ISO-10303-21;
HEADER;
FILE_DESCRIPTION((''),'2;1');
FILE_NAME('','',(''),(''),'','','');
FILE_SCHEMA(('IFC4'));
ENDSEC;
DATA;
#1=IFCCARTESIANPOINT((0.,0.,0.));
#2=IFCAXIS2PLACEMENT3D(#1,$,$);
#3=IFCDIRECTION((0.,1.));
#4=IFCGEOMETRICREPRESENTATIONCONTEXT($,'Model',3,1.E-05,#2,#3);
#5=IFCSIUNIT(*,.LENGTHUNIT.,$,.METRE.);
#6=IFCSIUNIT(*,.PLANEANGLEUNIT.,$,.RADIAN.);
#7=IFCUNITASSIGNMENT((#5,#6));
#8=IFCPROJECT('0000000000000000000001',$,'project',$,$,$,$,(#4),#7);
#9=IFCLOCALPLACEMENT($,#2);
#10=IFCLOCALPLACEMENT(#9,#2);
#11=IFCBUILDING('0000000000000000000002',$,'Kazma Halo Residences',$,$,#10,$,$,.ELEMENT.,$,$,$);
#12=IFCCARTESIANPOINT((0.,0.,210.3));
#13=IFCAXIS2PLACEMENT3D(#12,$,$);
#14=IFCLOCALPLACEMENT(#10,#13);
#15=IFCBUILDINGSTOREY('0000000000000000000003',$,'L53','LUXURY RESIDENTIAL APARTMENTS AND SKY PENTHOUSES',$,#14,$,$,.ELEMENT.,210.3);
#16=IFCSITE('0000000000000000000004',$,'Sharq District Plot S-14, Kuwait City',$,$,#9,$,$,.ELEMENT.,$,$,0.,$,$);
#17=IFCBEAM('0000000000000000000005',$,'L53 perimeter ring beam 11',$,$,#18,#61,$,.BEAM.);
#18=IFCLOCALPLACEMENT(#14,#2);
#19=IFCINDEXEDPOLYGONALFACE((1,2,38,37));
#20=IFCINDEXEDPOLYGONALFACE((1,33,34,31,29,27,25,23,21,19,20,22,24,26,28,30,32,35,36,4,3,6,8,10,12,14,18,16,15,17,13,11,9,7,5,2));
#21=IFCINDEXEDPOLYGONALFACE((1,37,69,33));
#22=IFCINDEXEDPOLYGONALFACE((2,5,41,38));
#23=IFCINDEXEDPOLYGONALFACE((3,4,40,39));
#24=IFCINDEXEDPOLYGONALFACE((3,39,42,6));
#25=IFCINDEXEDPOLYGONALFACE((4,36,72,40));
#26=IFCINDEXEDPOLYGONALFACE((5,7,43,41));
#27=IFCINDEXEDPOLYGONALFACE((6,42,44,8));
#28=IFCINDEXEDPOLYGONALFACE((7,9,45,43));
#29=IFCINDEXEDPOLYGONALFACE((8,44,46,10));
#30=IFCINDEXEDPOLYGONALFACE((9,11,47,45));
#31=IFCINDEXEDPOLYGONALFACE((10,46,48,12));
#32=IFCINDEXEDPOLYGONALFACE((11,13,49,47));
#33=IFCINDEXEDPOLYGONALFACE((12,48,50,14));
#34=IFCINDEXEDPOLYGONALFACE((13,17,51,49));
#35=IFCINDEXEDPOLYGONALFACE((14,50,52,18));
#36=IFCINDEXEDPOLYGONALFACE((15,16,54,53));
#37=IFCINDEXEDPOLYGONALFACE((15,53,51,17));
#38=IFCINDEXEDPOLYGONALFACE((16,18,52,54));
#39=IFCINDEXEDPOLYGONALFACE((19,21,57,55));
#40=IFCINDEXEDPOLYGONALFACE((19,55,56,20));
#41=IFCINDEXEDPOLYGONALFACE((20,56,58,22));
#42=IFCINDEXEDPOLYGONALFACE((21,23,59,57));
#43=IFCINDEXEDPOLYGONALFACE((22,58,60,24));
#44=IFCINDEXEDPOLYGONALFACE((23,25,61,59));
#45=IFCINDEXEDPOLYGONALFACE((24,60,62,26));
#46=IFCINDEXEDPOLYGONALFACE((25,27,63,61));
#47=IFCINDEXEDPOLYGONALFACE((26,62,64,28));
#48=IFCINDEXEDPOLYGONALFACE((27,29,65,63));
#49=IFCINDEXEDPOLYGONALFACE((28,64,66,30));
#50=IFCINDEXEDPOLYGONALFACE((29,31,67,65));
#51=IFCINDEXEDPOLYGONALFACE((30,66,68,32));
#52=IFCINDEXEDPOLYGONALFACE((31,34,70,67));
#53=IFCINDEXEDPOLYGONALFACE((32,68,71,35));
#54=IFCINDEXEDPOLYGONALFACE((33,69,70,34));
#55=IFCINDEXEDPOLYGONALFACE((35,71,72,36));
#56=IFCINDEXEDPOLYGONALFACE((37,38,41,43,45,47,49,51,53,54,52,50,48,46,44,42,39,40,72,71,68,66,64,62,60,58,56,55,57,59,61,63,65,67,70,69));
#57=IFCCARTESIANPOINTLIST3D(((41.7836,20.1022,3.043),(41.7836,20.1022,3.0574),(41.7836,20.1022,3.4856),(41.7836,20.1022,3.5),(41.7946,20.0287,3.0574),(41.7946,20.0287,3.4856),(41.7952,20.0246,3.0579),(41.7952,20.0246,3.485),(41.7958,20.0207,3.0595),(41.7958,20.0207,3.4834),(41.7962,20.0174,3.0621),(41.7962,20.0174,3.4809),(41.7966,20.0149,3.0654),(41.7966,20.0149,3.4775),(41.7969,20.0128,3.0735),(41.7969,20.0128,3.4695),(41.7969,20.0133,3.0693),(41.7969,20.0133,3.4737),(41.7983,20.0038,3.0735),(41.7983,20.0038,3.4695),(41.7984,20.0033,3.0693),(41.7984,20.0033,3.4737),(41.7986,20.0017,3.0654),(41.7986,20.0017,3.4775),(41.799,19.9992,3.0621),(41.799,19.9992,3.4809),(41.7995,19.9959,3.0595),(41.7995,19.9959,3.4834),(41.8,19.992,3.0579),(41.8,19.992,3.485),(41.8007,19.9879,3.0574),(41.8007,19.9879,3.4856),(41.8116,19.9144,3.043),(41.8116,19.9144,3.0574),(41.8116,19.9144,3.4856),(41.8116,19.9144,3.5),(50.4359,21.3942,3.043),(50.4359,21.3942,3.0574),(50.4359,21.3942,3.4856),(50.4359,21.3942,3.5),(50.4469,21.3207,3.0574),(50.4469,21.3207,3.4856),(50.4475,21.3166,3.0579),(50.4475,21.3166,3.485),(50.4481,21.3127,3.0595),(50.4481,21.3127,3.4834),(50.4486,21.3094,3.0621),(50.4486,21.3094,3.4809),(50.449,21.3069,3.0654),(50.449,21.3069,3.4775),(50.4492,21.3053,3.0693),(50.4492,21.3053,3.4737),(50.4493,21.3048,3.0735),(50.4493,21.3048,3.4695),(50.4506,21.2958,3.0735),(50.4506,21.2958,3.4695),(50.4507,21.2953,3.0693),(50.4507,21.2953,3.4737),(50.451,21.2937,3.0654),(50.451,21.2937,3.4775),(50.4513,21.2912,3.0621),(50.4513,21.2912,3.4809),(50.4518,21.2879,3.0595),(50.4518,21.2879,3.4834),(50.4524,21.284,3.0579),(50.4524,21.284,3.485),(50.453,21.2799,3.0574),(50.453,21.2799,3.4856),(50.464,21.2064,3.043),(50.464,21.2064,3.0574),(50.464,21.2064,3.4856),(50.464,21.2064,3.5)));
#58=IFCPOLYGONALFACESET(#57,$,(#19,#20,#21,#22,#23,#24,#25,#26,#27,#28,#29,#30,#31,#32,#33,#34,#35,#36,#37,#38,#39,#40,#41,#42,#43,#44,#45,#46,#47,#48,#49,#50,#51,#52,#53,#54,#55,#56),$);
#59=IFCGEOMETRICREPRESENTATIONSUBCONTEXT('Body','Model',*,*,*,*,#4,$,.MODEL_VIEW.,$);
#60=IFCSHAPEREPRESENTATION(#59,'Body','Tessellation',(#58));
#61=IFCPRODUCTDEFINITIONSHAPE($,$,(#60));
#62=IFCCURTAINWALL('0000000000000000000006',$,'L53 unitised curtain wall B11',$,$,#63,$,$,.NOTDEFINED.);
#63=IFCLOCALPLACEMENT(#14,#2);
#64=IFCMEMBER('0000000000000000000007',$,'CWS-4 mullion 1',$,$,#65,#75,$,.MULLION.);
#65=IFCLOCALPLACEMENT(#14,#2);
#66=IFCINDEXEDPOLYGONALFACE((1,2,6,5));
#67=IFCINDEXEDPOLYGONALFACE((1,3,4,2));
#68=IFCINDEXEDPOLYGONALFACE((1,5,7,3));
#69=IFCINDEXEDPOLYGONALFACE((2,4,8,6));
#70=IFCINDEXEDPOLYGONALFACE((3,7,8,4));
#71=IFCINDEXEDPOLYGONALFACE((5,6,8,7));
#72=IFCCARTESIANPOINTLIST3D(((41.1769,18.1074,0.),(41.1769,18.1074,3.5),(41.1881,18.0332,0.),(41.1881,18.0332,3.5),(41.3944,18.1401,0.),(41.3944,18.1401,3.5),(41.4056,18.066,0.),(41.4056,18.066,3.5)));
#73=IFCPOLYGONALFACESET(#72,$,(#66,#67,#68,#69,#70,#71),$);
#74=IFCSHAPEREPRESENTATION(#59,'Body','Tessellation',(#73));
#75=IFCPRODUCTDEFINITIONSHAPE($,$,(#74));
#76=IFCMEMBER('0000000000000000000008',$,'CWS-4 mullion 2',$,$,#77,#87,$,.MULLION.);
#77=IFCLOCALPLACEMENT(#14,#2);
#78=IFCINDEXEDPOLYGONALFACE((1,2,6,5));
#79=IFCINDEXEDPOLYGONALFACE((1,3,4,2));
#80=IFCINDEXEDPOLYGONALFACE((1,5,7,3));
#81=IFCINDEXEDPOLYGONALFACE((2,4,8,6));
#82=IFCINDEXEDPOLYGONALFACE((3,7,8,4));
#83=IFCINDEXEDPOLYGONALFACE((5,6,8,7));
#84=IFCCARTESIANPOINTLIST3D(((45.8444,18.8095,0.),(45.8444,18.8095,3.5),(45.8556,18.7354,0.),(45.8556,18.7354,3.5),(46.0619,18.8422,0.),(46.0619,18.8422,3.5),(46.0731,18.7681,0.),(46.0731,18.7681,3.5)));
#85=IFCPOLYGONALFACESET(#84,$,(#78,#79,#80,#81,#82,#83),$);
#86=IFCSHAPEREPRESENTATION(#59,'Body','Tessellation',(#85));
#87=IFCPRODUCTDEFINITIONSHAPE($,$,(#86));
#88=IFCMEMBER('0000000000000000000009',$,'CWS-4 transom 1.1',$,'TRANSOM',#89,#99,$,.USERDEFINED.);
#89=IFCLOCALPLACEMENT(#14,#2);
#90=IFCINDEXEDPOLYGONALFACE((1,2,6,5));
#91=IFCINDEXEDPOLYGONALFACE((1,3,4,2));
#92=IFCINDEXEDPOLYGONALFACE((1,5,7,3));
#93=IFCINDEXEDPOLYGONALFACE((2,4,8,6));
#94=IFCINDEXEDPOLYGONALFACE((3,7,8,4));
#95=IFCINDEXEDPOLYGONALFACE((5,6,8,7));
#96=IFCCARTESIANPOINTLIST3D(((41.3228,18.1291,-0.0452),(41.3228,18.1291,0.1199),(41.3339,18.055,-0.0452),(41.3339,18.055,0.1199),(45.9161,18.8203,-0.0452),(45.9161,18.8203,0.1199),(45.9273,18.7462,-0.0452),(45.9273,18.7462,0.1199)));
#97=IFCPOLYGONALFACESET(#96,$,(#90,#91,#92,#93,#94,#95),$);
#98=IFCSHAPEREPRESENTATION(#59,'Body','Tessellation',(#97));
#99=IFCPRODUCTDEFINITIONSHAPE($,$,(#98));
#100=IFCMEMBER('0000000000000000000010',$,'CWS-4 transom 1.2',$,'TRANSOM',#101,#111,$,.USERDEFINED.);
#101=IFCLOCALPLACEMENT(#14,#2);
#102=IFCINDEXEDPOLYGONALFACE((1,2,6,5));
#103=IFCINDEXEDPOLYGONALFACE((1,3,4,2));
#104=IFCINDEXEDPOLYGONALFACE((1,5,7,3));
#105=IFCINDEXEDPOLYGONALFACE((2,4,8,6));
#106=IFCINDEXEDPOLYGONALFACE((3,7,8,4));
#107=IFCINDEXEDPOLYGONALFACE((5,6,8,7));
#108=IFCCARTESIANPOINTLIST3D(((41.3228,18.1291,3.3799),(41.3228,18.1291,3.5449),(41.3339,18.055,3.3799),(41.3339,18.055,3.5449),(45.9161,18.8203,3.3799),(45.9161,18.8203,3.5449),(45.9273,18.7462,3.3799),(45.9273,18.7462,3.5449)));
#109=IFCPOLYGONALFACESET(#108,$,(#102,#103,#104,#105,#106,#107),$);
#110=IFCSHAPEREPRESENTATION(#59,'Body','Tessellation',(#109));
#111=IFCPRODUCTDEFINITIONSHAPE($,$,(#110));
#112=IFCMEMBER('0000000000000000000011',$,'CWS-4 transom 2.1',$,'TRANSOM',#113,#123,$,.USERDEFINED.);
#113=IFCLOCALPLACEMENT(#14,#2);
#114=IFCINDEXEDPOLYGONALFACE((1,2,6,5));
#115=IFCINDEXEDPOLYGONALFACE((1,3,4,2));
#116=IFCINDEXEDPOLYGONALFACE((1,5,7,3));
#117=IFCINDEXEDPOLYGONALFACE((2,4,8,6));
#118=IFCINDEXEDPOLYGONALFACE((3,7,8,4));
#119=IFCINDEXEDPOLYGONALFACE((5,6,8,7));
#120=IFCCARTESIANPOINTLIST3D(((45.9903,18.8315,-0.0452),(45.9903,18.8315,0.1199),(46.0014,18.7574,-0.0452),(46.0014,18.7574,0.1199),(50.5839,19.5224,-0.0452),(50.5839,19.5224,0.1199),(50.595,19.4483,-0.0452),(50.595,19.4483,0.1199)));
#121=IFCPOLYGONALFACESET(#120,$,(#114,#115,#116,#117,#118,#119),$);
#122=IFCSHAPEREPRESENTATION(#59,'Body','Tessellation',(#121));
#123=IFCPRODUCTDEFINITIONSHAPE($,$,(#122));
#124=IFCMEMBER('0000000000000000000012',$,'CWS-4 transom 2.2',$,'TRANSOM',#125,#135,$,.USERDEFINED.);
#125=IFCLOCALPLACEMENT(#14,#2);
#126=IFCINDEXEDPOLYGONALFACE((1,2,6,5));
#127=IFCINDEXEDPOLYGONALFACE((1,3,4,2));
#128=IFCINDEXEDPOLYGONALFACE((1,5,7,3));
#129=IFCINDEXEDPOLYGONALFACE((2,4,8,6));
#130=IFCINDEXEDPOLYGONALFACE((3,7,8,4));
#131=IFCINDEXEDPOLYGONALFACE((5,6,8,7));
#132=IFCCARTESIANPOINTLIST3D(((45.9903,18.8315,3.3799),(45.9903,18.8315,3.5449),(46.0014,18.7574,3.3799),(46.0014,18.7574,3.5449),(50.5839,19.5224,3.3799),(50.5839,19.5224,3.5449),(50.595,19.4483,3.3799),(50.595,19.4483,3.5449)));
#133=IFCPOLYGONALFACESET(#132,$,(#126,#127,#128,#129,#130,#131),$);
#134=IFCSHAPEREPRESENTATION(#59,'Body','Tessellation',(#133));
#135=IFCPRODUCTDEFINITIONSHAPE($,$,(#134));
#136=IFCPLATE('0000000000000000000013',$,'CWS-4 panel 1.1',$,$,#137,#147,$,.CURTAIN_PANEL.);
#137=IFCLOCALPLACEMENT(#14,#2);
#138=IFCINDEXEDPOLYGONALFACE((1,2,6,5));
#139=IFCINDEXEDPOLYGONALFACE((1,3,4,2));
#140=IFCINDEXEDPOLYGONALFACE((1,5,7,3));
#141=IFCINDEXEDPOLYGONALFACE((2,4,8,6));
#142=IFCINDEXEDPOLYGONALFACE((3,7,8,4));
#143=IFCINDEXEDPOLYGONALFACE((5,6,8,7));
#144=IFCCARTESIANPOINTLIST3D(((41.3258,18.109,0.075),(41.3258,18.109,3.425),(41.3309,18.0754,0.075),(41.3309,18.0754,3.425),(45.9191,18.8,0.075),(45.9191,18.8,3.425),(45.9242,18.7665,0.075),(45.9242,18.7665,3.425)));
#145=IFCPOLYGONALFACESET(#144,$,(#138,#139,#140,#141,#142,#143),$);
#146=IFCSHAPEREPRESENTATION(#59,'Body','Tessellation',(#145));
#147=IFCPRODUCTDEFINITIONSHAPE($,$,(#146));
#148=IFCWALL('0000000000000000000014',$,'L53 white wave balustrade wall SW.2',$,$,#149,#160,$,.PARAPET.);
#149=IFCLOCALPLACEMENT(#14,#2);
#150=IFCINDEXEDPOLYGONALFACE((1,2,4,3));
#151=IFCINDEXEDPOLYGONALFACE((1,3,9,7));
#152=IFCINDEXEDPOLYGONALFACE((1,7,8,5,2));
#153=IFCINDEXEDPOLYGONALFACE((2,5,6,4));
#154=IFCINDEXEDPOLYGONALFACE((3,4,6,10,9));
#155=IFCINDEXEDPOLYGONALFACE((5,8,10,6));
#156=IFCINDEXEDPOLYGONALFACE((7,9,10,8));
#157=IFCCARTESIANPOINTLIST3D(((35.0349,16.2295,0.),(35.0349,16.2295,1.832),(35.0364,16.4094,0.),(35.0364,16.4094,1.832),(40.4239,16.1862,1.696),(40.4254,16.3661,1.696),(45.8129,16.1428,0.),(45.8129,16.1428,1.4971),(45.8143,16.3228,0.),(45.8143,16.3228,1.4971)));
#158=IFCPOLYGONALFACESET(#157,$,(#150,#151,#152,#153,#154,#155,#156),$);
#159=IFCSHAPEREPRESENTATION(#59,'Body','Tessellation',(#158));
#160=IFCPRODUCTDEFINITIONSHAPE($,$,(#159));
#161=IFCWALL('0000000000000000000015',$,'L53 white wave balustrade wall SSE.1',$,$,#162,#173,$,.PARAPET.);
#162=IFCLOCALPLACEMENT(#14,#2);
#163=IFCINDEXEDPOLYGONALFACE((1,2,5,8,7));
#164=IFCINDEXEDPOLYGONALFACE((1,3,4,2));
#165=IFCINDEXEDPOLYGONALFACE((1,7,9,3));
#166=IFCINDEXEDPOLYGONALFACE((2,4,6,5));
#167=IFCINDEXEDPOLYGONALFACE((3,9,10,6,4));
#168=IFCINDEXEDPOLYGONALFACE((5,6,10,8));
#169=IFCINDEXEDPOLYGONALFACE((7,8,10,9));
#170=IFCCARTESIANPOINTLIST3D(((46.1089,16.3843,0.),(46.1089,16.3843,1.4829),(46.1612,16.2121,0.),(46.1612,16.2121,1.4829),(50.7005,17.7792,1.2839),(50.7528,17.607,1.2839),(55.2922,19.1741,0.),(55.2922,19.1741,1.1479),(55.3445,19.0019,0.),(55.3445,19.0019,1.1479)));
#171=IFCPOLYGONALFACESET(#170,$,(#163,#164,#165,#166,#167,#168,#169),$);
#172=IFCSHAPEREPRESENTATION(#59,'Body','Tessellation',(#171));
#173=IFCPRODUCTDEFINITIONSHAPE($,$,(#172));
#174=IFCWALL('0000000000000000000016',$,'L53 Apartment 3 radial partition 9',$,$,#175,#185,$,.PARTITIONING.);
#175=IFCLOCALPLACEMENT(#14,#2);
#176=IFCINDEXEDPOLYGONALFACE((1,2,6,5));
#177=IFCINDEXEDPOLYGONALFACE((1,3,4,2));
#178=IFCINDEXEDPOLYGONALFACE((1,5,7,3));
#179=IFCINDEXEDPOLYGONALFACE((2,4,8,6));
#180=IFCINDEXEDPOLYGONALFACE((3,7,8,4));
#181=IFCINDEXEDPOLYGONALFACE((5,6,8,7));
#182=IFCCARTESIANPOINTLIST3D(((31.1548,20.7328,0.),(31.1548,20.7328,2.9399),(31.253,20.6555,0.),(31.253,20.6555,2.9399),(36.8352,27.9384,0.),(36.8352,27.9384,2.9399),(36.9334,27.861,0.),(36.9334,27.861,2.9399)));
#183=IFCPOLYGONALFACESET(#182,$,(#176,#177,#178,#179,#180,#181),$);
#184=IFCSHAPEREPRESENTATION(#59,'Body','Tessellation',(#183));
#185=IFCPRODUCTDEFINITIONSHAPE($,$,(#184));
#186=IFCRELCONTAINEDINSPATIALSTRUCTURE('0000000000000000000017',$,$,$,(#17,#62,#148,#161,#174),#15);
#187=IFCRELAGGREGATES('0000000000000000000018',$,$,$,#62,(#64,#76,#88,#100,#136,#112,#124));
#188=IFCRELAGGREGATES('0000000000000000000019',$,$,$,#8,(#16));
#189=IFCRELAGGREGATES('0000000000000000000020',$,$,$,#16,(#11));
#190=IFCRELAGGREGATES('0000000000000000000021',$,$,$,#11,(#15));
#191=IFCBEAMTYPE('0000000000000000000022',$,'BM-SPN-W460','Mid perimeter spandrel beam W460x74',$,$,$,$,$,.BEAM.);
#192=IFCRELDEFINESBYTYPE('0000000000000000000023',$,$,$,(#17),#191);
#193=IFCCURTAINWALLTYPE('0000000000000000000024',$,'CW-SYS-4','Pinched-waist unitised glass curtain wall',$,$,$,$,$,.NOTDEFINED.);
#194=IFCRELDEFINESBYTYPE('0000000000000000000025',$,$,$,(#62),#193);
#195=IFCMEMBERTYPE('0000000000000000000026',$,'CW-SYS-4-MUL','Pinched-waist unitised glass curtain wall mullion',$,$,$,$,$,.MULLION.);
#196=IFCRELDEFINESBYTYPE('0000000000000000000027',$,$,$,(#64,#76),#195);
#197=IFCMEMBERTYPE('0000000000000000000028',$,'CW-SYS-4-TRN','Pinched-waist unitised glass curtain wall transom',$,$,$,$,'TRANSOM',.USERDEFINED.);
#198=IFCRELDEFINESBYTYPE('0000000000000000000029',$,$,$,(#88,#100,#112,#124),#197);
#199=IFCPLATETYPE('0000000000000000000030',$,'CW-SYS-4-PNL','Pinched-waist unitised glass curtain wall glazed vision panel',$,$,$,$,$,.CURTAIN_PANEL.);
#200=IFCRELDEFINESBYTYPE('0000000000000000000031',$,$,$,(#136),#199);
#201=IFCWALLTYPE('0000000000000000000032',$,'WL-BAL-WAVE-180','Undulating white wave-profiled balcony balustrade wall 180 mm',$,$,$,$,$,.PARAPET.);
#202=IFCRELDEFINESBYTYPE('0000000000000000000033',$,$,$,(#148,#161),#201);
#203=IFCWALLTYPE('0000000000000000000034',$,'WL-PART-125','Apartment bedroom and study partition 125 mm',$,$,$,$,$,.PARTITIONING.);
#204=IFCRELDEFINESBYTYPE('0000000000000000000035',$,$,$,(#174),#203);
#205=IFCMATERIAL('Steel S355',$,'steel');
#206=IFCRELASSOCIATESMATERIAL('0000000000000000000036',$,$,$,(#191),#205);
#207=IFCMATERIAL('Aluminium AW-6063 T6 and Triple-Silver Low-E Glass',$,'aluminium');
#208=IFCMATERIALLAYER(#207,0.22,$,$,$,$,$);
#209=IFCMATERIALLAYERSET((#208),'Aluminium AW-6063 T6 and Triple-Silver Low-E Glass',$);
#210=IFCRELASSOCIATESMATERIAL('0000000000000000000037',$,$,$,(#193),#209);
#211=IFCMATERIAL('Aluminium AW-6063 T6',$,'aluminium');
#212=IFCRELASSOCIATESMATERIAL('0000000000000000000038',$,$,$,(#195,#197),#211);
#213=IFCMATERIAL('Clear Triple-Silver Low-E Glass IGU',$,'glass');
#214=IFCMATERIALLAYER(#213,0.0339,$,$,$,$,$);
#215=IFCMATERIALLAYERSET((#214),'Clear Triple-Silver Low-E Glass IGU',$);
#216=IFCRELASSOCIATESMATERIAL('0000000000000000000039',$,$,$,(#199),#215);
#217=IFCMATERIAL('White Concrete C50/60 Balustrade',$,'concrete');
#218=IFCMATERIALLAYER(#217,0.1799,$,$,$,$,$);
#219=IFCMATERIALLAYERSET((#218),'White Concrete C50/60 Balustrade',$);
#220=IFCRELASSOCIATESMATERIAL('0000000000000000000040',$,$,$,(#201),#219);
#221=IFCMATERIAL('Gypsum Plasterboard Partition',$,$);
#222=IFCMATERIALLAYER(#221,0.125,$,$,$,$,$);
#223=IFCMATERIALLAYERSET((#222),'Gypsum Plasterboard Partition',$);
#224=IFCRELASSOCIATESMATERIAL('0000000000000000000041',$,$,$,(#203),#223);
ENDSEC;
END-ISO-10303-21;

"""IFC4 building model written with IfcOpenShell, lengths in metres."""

from ifc_helpers import new_model, si_unit, direction, frame, frame_2d, origin, origin_2d, place, context, subcontext, project, spatial, polyline, rectangle, i_section, outline, extrude, material, layer, layer_set, material_profile, profile_set, type_object, element, aggregate, save


model = new_model("IFC4")

# Units and contexts
model_context = context("Model", 3, precision=1e-05, world=origin(), true_north=direction((0.0, 1.0)))
body_context = subcontext(model_context, "Body", "Model", "MODEL_VIEW")
ifc_project = project(units=[si_unit("LENGTHUNIT", "METRE"), si_unit("PLANEANGLEUNIT", "RADIAN")], contexts=[model_context])

# Site, building, storey
site_placement = place(None, origin())
site = spatial("IfcSite", under=ifc_project, at=site_placement, Name="Sharq District Plot S-14, Kuwait City", CompositionType="ELEMENT", RefElevation=0.0)
building_placement = place(site_placement, origin())
building = spatial("IfcBuilding", under=site, at=building_placement, Name="Kazma Halo Residences", CompositionType="ELEMENT")
storey_placement = place(building_placement, frame((0.0, 0.0, 210.3)))
storey = spatial("IfcBuildingStorey", under=building, at=storey_placement, Name="L53", Description="LUXURY RESIDENTIAL APARTMENTS AND SKY PENTHOUSES", CompositionType="ELEMENT", Elevation=210.3)

# Beam
ifc_material_1 = material(Name="Steel S355", Category="steel")
ifc_material_profile_1 = material_profile(ifc_material_1, i_section(OverallWidth=0.1899, OverallDepth=0.457, WebThickness=0.009, FlangeThickness=0.0144, FilletRadius=0.0161, at=origin_2d()), Name="W460x74")
ifc_profile_set_1 = profile_set([ifc_material_profile_1], Name="Steel S355")
beam_type_1 = type_object("IfcBeamType", Name="BM-SPN-W460", Description="Mid perimeter spandrel beam W460x74", PredefinedType="BEAM", material=ifc_profile_set_1)
beam_1_placement = place(storey_placement, frame((41.7976, 20.0083, 3.2715), z_axis=(0.989034, 0.147685, 0.0), x_axis=(-0.147685, 0.989034, 0.0)))
element("IfcBeam", 1, at=beam_1_placement, inside=storey, type_object=beam_type_1, Name="L53 perimeter ring beam 11", PredefinedType="BEAM", context=body_context, shape_type="SweptSolid", body=[
    extrude(i_section(OverallWidth=0.1899, OverallDepth=0.457, WebThickness=0.009, FlangeThickness=0.0144, FilletRadius=0.0161, at=origin_2d()), origin(), (0.0, 0.0, 1.0), 8.7483),
])

# Curtain wall, members, plate
ifc_material_2 = material(Name="Aluminium AW-6063 T6 and Triple-Silver Low-E Glass", Category="aluminium")
ifc_layer_1 = layer(ifc_material_2, 0.22)
ifc_layer_set_1 = layer_set([ifc_layer_1], Name="Aluminium AW-6063 T6 and Triple-Silver Low-E Glass")
curtain_wall_type = type_object("IfcCurtainWallType", Name="CW-SYS-4", Description="Pinched-waist unitised glass curtain wall", PredefinedType="NOTDEFINED", material=ifc_layer_set_1)
curtain_wall_placement = place(storey_placement, origin())
curtain_wall = element("IfcCurtainWall", 2, at=curtain_wall_placement, inside=storey, type_object=curtain_wall_type, Name="L53 unitised curtain wall B11", PredefinedType="NOTDEFINED")
ifc_material_3 = material(Name="Aluminium AW-6063 T6", Category="aluminium")
ifc_material_profile_2 = material_profile(ifc_material_3, rectangle(XDim=0.075, YDim=0.22, at=origin_2d()), Name="CWM-75x220")
ifc_profile_set_2 = profile_set([ifc_material_profile_2], Name="Aluminium AW-6063 T6")
member_type_1 = type_object("IfcMemberType", Name="CW-SYS-4-MUL", Description="Pinched-waist unitised glass curtain wall mullion", PredefinedType="MULLION", material=ifc_profile_set_2)
member_1_placement = place(storey_placement, frame((41.2913, 18.0867, 0.0), z_axis=(0.0, 0.0, 1.0), x_axis=(-0.148773, 0.988871, 0.0)))
member_1 = element("IfcMember", 3, at=member_1_placement, type_object=member_type_1, Name="CWS-4 mullion 1", PredefinedType="MULLION", context=body_context, shape_type="SweptSolid", body=[
    extrude(rectangle(XDim=0.075, YDim=0.22, at=origin_2d()), origin(), (0.0, 0.0, 1.0), 3.5),
])
member_2_placement = place(storey_placement, frame((45.9587, 18.7888, 0.0), z_axis=(0.0, 0.0, 1.0), x_axis=(-0.148773, 0.988871, 0.0)))
member_2 = element("IfcMember", 4, at=member_2_placement, type_object=member_type_1, Name="CWS-4 mullion 2", PredefinedType="MULLION", context=body_context, shape_type="SweptSolid", body=[
    extrude(rectangle(XDim=0.075, YDim=0.22, at=origin_2d()), origin(), (0.0, 0.0, 1.0), 3.5),
])
ifc_material_profile_3 = material_profile(ifc_material_3, rectangle(XDim=0.075, YDim=0.165, at=origin_2d()), Name="CWT-75x165")
ifc_profile_set_3 = profile_set([ifc_material_profile_3], Name="Aluminium AW-6063 T6")
member_type_2 = type_object("IfcMemberType", Name="CW-SYS-4-TRN", Description="Pinched-waist unitised glass curtain wall transom", ElementType="TRANSOM", PredefinedType="USERDEFINED", material=ifc_profile_set_3)
member_3_placement = place(storey_placement, frame((41.3284, 18.092, 0.0374), z_axis=(0.988868, 0.148798, 0.0), x_axis=(-0.148798, 0.988868, 0.0)))
member_3 = element("IfcMember", 5, at=member_3_placement, type_object=member_type_2, Name="CWS-4 transom 1.1", ObjectType="TRANSOM", PredefinedType="USERDEFINED", context=body_context, shape_type="SweptSolid", body=[
    extrude(rectangle(XDim=0.075, YDim=0.165, at=origin_2d()), origin(), (0.0, 0.0, 1.0), 4.645),
])
member_4_placement = place(storey_placement, frame((41.3284, 18.092, 3.4624), z_axis=(0.988868, 0.148798, 0.0), x_axis=(-0.148798, 0.988868, 0.0)))
member_4 = element("IfcMember", 6, at=member_4_placement, type_object=member_type_2, Name="CWS-4 transom 1.2", ObjectType="TRANSOM", PredefinedType="USERDEFINED", context=body_context, shape_type="SweptSolid", body=[
    extrude(rectangle(XDim=0.075, YDim=0.165, at=origin_2d()), origin(), (0.0, 0.0, 1.0), 4.645),
])
member_5_placement = place(storey_placement, frame((45.9958, 18.7944, 0.0374), z_axis=(0.988877, 0.148739, 0.0), x_axis=(-0.148739, 0.988877, 0.0)))
member_5 = element("IfcMember", 7, at=member_5_placement, type_object=member_type_2, Name="CWS-4 transom 2.1", ObjectType="TRANSOM", PredefinedType="USERDEFINED", context=body_context, shape_type="SweptSolid", body=[
    extrude(rectangle(XDim=0.075, YDim=0.165, at=origin_2d()), origin(), (0.0, 0.0, 1.0), 4.6453),
])
member_6_placement = place(storey_placement, frame((45.9958, 18.7944, 3.4624), z_axis=(0.988877, 0.148739, 0.0), x_axis=(-0.148739, 0.988877, 0.0)))
member_6 = element("IfcMember", 8, at=member_6_placement, type_object=member_type_2, Name="CWS-4 transom 2.2", ObjectType="TRANSOM", PredefinedType="USERDEFINED", context=body_context, shape_type="SweptSolid", body=[
    extrude(rectangle(XDim=0.075, YDim=0.165, at=origin_2d()), origin(), (0.0, 0.0, 1.0), 4.6453),
])
ifc_material_4 = material(Name="Clear Triple-Silver Low-E Glass IGU", Category="glass")
ifc_layer_2 = layer(ifc_material_4, 0.0339)
ifc_layer_set_2 = layer_set([ifc_layer_2], Name="Clear Triple-Silver Low-E Glass IGU")
plate_type = type_object("IfcPlateType", Name="CW-SYS-4-PNL", Description="Pinched-waist unitised glass curtain wall glazed vision panel", PredefinedType="CURTAIN_PANEL", material=ifc_layer_set_2)
plate_placement = place(storey_placement, frame((43.625, 18.4377, 0.075), z_axis=(0.0, 0.0, 1.0), x_axis=(0.988871, 0.148773, 0.0)))
plate = element("IfcPlate", 9, at=plate_placement, type_object=plate_type, Name="CWS-4 panel 1.1", PredefinedType="CURTAIN_PANEL", context=body_context, shape_type="SweptSolid", body=[
    extrude(rectangle(XDim=4.645, YDim=0.0339, at=origin_2d()), origin(), (0.0, 0.0, 1.0), 3.3501),
])
aggregate(curtain_wall, [member_1, member_2, member_3, member_4, plate, member_5, member_6])

# Walls
ifc_material_5 = material(Name="White Concrete C50/60 Balustrade", Category="concrete")
ifc_layer_3 = layer(ifc_material_5, 0.1799)
ifc_layer_set_3 = layer_set([ifc_layer_3], Name="White Concrete C50/60 Balustrade")
wall_type_1 = type_object("IfcWallType", Name="WL-BAL-WAVE-180", Description="Undulating white wave-profiled balcony balustrade wall 180 mm", PredefinedType="PARAPET", material=ifc_layer_set_3)
wall_1_placement = place(storey_placement, frame((35.0356, 16.3196, 0.0), z_axis=(0.0, 0.0, 1.0), x_axis=(0.999968, -0.008041, 0.0)))
element("IfcWall", 10, at=wall_1_placement, inside=storey, type_object=wall_type_1, Name="L53 white wave balustrade wall SW.2", PredefinedType="PARAPET", context=body_context, shape_type="SweptSolid", body=[
    extrude(outline(polyline([(0.0, 0.0), (10.7783, 0.0), (10.7783, 1.4971), (5.3892, 1.696), (0.0, 1.832), (0.0, 0.0)])), frame((0.0, 0.0898, 0.0), z_axis=(0.0, -1.0, 0.0), x_axis=(1.0, 0.0, 0.0)), (0.0, 0.0, 1.0), 0.1799),
])
wall_2_placement = place(storey_placement, frame((46.135, 16.2983, 0.0), z_axis=(0.0, 0.0, 1.0), x_axis=(0.956823, 0.290672, 0.0)))
element("IfcWall", 11, at=wall_2_placement, inside=storey, type_object=wall_type_1, Name="L53 white wave balustrade wall SSE.1", PredefinedType="PARAPET", context=body_context, shape_type="SweptSolid", body=[
    extrude(outline(polyline([(0.0, 0.0), (9.5977, 0.0), (9.5977, 1.1479), (4.7988, 1.2839), (0.0, 1.4829), (0.0, 0.0)])), frame((0.0, 0.0898, 0.0), z_axis=(0.0, -1.0, 0.0), x_axis=(1.0, 0.0, 0.0)), (0.0, 0.0, 1.0), 0.1799),
])
ifc_material_6 = material(Name="Gypsum Plasterboard Partition")
ifc_layer_4 = layer(ifc_material_6, 0.125)
ifc_layer_set_4 = layer_set([ifc_layer_4], Name="Gypsum Plasterboard Partition")
wall_type_2 = type_object("IfcWallType", Name="WL-PART-125", Description="Apartment bedroom and study partition 125 mm", PredefinedType="PARTITIONING", material=ifc_layer_set_4)
wall_3_placement = place(storey_placement, frame((36.8843, 27.8997, 0.0), z_axis=(0.0, 0.0, 1.0), x_axis=(-0.619095, -0.785316, 0.0)))
element("IfcWall", 12, at=wall_3_placement, inside=storey, type_object=wall_type_2, Name="L53 Apartment 3 radial partition 9", PredefinedType="PARTITIONING", context=body_context, shape_type="SweptSolid", body=[
    extrude(rectangle(XDim=9.1753, YDim=0.125, at=frame_2d((4.5876, 0.0))), origin(), (0.0, 0.0, 1.0), 2.9399),
])

save(model, "model.ifc")
